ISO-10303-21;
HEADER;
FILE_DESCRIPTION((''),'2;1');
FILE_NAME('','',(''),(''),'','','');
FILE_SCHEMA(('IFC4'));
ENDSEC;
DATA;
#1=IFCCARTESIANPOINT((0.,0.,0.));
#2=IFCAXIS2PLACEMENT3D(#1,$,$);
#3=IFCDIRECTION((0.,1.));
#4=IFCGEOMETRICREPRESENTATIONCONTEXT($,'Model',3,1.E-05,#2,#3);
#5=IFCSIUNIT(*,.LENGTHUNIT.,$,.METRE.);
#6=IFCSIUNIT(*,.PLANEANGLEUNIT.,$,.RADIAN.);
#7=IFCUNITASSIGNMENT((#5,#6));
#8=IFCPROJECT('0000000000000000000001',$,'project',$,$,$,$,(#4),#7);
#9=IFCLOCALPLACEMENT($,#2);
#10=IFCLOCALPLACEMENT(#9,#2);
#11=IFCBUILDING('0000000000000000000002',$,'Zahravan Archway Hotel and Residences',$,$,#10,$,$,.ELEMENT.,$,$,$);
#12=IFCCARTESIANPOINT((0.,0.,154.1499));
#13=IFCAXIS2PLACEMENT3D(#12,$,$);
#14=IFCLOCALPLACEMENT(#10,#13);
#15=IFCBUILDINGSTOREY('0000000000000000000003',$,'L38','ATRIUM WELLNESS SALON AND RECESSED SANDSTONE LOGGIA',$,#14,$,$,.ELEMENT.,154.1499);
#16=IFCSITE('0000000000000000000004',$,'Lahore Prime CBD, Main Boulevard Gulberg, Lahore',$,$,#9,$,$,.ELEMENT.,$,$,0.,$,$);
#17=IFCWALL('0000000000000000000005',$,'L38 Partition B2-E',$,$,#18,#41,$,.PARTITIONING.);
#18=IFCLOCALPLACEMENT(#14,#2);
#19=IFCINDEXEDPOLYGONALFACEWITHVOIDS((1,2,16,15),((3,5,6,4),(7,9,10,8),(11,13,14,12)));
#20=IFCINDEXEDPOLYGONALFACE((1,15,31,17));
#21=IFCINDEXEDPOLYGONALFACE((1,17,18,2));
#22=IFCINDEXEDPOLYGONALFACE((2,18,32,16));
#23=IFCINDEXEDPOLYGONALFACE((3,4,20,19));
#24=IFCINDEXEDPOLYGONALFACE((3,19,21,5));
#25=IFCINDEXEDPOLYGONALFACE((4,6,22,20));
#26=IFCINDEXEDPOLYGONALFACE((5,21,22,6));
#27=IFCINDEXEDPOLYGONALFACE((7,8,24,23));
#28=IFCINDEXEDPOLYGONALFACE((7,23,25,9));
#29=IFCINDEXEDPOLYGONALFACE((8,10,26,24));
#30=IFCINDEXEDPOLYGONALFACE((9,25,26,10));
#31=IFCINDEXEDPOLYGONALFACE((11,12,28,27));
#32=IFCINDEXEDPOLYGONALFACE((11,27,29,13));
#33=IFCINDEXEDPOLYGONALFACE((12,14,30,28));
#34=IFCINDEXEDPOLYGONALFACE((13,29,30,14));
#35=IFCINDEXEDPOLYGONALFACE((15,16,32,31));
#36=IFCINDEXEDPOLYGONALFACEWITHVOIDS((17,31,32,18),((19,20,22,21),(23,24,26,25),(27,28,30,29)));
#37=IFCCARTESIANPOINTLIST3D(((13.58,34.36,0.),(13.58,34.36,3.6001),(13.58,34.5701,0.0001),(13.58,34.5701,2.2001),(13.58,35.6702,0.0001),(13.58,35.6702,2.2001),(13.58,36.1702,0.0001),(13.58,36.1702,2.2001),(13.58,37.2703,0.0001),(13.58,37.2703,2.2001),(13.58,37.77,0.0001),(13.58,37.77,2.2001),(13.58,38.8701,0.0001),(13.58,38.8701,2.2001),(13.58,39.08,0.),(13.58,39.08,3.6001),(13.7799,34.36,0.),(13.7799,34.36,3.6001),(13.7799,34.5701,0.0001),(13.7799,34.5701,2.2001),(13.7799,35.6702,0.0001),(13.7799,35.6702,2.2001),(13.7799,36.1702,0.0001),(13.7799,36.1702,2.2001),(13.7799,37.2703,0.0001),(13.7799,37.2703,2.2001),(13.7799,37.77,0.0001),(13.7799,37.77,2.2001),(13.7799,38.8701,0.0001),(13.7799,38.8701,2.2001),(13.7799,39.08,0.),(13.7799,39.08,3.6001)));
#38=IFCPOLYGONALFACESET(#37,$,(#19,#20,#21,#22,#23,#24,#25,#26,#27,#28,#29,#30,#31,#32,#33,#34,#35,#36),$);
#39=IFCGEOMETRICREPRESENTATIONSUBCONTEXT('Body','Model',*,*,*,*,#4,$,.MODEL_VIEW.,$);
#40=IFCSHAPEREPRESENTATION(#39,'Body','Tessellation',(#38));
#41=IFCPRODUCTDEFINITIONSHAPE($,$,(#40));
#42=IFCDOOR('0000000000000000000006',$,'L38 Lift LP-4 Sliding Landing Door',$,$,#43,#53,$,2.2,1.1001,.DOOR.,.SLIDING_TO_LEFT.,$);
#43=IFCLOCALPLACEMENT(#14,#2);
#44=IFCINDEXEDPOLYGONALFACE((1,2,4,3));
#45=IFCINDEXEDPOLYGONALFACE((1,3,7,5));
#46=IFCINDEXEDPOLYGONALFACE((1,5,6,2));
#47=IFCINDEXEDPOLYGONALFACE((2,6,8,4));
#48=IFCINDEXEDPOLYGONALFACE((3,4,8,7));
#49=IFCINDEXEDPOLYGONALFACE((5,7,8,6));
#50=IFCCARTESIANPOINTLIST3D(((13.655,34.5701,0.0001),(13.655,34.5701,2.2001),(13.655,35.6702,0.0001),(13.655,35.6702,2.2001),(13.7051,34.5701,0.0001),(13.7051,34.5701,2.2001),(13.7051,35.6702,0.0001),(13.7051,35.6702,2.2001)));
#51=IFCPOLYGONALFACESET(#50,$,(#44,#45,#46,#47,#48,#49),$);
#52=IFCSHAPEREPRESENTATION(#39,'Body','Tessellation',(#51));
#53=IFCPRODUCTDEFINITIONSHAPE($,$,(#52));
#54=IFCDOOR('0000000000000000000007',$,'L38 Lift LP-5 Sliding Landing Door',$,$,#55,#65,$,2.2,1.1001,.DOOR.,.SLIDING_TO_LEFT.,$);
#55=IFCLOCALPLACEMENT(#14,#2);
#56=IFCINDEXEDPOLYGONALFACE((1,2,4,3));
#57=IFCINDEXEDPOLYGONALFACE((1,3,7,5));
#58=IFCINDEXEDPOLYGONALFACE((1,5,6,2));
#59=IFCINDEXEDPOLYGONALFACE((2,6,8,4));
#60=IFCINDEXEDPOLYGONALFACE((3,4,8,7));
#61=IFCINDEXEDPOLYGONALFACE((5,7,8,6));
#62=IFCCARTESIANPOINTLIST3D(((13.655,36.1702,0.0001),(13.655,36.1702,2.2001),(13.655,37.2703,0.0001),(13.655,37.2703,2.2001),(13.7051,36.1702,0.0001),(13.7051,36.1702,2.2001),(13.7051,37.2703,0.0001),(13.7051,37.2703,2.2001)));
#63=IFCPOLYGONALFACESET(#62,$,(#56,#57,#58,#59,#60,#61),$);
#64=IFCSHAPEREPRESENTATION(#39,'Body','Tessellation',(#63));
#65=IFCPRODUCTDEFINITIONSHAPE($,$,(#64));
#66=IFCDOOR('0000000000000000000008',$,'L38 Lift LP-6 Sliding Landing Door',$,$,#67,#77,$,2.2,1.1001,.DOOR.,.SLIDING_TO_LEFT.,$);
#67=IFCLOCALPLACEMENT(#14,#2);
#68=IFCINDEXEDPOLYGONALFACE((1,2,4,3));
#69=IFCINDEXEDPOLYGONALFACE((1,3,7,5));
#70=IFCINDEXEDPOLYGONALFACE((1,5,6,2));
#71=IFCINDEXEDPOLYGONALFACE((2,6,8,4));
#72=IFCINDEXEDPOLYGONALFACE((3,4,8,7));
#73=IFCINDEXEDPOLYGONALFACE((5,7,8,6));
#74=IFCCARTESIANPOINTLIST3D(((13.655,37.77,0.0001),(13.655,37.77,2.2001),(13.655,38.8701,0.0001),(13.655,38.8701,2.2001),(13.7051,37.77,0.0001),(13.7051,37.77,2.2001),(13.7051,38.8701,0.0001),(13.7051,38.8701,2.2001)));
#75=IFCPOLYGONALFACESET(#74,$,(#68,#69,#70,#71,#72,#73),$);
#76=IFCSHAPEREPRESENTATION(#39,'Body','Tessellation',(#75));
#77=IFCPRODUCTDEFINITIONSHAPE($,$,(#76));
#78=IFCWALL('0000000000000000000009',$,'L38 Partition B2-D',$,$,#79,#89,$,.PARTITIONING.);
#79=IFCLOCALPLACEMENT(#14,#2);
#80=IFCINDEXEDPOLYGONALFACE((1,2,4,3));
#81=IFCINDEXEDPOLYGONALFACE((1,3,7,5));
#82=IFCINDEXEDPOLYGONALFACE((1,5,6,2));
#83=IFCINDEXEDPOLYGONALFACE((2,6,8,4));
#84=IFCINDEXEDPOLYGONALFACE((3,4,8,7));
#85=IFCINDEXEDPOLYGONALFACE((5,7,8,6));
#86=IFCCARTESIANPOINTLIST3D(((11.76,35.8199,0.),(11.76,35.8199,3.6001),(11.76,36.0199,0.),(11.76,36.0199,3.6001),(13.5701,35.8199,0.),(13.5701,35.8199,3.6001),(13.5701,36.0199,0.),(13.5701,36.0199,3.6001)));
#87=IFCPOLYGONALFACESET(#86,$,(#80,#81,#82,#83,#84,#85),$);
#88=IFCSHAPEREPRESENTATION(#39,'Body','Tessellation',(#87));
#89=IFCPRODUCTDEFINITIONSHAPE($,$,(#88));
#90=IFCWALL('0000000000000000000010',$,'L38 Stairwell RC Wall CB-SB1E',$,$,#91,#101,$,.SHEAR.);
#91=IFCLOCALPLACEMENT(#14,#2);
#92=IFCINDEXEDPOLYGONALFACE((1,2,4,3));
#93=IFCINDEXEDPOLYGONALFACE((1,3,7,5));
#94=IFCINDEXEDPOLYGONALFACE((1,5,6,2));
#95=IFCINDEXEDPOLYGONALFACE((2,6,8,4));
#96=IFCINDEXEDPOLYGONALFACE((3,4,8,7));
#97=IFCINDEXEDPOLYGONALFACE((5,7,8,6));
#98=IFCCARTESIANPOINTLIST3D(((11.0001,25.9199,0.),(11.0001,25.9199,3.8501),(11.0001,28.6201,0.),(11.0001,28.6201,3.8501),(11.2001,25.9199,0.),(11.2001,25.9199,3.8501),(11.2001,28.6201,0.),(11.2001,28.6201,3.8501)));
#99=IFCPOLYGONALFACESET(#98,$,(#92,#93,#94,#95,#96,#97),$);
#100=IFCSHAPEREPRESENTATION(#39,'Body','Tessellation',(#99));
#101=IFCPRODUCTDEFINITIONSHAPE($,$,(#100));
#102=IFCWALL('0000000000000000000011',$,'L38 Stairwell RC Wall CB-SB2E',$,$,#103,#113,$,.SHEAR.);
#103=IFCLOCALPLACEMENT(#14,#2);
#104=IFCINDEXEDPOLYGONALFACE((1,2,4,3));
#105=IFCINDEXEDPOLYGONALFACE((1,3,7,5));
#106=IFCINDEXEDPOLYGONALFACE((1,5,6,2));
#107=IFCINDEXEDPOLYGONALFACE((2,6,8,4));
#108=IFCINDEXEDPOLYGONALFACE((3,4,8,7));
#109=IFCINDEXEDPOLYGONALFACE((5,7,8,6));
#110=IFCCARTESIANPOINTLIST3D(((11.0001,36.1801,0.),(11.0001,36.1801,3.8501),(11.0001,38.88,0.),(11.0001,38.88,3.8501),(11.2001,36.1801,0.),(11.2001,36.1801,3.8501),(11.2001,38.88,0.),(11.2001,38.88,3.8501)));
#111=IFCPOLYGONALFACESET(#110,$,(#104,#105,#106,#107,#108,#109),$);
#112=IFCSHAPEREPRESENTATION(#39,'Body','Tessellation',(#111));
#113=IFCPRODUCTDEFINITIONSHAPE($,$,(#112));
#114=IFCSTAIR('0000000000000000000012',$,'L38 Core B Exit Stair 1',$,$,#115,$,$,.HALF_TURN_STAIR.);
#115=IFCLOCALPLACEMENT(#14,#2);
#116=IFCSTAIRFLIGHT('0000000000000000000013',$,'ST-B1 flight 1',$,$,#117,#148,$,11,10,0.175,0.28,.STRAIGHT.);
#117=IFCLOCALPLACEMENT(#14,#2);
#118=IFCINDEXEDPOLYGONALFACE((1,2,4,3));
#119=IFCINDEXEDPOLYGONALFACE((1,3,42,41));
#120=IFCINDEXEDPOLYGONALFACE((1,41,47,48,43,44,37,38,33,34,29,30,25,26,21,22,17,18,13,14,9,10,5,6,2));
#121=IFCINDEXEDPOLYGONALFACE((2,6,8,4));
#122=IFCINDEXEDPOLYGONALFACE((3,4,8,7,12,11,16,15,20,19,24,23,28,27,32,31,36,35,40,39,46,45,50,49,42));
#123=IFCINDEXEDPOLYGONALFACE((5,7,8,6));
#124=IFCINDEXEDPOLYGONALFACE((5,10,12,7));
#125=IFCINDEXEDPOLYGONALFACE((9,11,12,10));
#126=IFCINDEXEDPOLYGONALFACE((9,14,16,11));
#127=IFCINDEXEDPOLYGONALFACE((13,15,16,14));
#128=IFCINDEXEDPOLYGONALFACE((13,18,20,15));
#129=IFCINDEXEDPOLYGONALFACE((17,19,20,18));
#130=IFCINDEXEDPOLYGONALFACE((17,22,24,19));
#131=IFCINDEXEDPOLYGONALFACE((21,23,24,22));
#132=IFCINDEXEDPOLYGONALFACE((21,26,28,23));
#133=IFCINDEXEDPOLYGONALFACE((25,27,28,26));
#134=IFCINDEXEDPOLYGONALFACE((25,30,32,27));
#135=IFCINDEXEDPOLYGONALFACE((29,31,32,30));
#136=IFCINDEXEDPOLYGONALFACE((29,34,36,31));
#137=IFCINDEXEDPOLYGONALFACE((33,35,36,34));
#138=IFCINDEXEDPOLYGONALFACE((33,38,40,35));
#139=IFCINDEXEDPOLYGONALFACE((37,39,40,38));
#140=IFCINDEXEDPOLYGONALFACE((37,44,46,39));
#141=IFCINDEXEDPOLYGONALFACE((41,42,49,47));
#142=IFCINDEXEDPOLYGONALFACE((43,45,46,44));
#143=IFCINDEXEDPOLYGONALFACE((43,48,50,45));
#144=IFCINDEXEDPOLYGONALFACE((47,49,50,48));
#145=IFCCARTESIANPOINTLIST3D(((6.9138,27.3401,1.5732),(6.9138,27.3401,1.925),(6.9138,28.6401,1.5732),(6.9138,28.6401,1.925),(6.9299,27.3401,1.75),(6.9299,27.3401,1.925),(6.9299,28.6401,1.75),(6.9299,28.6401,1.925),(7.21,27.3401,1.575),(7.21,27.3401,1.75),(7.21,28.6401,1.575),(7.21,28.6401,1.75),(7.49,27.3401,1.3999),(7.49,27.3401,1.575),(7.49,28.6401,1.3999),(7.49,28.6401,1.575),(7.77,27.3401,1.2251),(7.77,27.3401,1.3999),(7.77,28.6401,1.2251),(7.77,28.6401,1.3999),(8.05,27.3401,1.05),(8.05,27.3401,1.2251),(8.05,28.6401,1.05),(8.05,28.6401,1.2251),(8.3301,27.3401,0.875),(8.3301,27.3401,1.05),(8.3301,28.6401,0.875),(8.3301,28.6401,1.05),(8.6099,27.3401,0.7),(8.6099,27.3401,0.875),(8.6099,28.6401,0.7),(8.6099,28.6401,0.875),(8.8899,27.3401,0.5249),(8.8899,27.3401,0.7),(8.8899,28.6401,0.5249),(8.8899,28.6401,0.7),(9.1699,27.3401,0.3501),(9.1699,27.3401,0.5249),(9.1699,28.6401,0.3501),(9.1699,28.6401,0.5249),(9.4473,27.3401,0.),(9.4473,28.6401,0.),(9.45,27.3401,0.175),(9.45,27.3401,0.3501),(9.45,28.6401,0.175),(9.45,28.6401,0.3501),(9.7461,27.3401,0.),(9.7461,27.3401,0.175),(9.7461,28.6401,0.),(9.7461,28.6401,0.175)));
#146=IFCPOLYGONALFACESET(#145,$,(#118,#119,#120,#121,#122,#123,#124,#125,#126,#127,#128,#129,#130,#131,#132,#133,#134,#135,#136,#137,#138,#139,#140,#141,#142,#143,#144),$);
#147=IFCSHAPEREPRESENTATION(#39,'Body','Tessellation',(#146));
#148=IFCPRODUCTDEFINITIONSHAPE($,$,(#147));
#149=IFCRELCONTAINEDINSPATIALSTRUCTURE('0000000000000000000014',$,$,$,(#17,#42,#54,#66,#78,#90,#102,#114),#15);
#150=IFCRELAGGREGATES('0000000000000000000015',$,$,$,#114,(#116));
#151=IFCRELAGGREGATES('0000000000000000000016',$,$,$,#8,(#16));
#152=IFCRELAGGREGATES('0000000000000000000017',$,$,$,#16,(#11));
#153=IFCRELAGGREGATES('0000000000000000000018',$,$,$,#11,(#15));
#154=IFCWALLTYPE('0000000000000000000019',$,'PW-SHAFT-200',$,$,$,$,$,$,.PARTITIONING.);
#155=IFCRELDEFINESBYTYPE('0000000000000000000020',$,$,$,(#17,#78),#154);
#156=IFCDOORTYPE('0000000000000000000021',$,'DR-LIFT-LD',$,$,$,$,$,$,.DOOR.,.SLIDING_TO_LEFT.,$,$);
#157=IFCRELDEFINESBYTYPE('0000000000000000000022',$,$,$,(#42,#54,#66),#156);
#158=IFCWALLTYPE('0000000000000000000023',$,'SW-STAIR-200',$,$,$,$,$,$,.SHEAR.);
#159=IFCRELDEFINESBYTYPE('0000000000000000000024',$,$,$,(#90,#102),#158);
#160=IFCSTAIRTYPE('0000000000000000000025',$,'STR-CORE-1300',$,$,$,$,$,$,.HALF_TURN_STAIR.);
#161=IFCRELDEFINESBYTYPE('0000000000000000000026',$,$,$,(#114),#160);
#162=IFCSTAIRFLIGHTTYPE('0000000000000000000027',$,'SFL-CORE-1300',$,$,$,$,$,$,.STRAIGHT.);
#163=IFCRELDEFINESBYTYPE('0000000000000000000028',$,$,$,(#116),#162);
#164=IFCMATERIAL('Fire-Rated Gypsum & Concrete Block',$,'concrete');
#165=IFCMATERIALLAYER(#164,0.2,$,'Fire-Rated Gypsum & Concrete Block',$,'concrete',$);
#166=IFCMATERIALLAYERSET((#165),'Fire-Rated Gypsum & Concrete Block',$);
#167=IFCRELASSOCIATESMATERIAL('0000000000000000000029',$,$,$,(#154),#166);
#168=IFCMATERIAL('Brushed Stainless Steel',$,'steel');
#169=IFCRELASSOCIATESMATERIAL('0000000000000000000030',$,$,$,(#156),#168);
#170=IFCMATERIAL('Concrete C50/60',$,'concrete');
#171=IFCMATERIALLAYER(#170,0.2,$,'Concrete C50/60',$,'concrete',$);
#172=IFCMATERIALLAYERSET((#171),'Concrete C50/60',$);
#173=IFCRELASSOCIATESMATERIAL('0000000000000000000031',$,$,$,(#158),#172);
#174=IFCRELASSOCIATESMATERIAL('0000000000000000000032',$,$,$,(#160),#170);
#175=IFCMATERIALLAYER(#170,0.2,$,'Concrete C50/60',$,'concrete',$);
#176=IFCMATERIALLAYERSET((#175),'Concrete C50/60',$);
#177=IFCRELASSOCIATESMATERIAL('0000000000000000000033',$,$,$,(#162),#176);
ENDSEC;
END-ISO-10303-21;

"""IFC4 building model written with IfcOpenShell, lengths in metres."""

from ifc_helpers import new_model, si_unit, direction, frame, frame_2d, origin, place, context, subcontext, project, spatial, polyline, rectangle, outline, extrude, source, transform, mapped, material, layer, layer_set, type_object, type_shapes, element, fill, aggregate, save


model = new_model("IFC4")

# Units and contexts
model_context = context("Model", 3, precision=1e-05, world=origin(), true_north=direction((0.0, 1.0)))
body_context = subcontext(model_context, "Body", "Model", "MODEL_VIEW")
ifc_project = project(units=[si_unit("LENGTHUNIT", "METRE"), si_unit("PLANEANGLEUNIT", "RADIAN")], contexts=[model_context])

# Site, building, storey
site_placement = place(None, origin())
site = spatial("IfcSite", under=ifc_project, at=site_placement, Name="Lahore Prime CBD, Main Boulevard Gulberg, Lahore", CompositionType="ELEMENT", RefElevation=0.0)
building_placement = place(site_placement, origin())
building = spatial("IfcBuilding", under=site, at=building_placement, Name="Zahravan Archway Hotel and Residences", CompositionType="ELEMENT")
storey_placement = place(building_placement, frame((0.0, 0.0, 154.1499)))
storey = spatial("IfcBuildingStorey", under=building, at=storey_placement, Name="L38", Description="ATRIUM WELLNESS SALON AND RECESSED SANDSTONE LOGGIA", CompositionType="ELEMENT", Elevation=154.1499)

# Shared definitions
ifc_material_1 = material(Name="Fire-Rated Gypsum & Concrete Block", Category="concrete")
ifc_layer_1 = layer(ifc_material_1, 0.2, Name="Fire-Rated Gypsum & Concrete Block", Category="concrete")
ifc_layer_set_1 = layer_set([ifc_layer_1], Name="Fire-Rated Gypsum & Concrete Block")
wall_type_1 = type_object("IfcWallType", Name="PW-SHAFT-200", PredefinedType="PARTITIONING", material=ifc_layer_set_1)

# Wall, openings, doors
wall_1_placement = place(storey_placement, frame((13.6799, 34.3601, 0.0), z_axis=(0.0, 0.0, 1.0), x_axis=(0.0, 1.0, 0.0)))
wall_1 = element("IfcWall", 1, at=wall_1_placement, inside=storey, type_object=wall_type_1, Name="L38 Partition B2-E", PredefinedType="PARTITIONING", context=body_context, shape_type="SweptSolid", body=[
    extrude(rectangle(XDim=4.72, YDim=0.2, at=frame_2d((2.3599, 0.0))), origin(), (0.0, 0.0, 1.0), 3.6001),
])
opening_1_placement = place(wall_1_placement, frame((0.21, 0.0, 0.0)))
opening_1 = element("IfcOpeningElement", 2, at=opening_1_placement, cuts=wall_1, PredefinedType="OPENING", context=body_context, shape_type="SweptSolid", body=[
    extrude(rectangle(XDim=1.1001, YDim=2.2, at=frame_2d((0.55, 1.1001))), frame((0.0, 0.1099, 0.0), z_axis=(0.0, -1.0, 0.0), x_axis=(1.0, 0.0, 0.0)), (0.0, 0.0, 1.0), 0.22),
])
opening_2_placement = place(wall_1_placement, frame((1.8101, 0.0, 0.0)))
opening_2 = element("IfcOpeningElement", 3, at=opening_2_placement, cuts=wall_1, PredefinedType="OPENING", context=body_context, shape_type="SweptSolid", body=[
    extrude(rectangle(XDim=1.1001, YDim=2.2, at=frame_2d((0.55, 1.1001))), frame((0.0, 0.1099, 0.0), z_axis=(0.0, -1.0, 0.0), x_axis=(1.0, 0.0, 0.0)), (0.0, 0.0, 1.0), 0.22),
])
opening_3_placement = place(wall_1_placement, frame((3.4099, 0.0, 0.0)))
opening_3 = element("IfcOpeningElement", 4, at=opening_3_placement, cuts=wall_1, PredefinedType="OPENING", context=body_context, shape_type="SweptSolid", body=[
    extrude(rectangle(XDim=1.1001, YDim=2.2, at=frame_2d((0.55, 1.1001))), frame((0.0, 0.1099, 0.0), z_axis=(0.0, -1.0, 0.0), x_axis=(1.0, 0.0, 0.0)), (0.0, 0.0, 1.0), 0.22),
])
ifc_material_2 = material(Name="Brushed Stainless Steel", Category="steel")
door_type_1 = type_object("IfcDoorType", Name="DR-LIFT-LD", OperationType="SLIDING_TO_LEFT", PredefinedType="DOOR", material=ifc_material_2)
shared_shape_1 = source(origin(), body_context, "Body", "SweptSolid", [
    extrude(rectangle(XDim=1.1001, YDim=2.2, at=frame_2d((0.55, 1.1001))), frame((0.0, 0.0249, 0.0), z_axis=(0.0, -1.0, 0.0), x_axis=(1.0, 0.0, 0.0)), (0.0, 0.0, 1.0), 0.05),
])
type_shapes(door_type_1, [shared_shape_1])
door_1_placement = place(opening_1_placement, origin())
door_1 = element("IfcDoor", 5, at=door_1_placement, inside=storey, type_object=door_type_1, Name="L38 Lift LP-4 Sliding Landing Door", OperationType="SLIDING_TO_LEFT", OverallHeight=2.2, OverallWidth=1.1001, PredefinedType="DOOR", context=body_context, shape_type="MappedRepresentation", body=[
    mapped(shared_shape_1, transform((0.0, 0.0, 0.0), scale=1.0)),
])
fill(opening_1, door_1)
door_2_placement = place(opening_2_placement, origin())
door_2 = element("IfcDoor", 6, at=door_2_placement, inside=storey, type_object=door_type_1, Name="L38 Lift LP-5 Sliding Landing Door", OperationType="SLIDING_TO_LEFT", OverallHeight=2.2, OverallWidth=1.1001, PredefinedType="DOOR", context=body_context, shape_type="MappedRepresentation", body=[
    mapped(shared_shape_1, transform((0.0, 0.0, 0.0), scale=1.0)),
])
fill(opening_2, door_2)
door_3_placement = place(opening_3_placement, origin())
door_3 = element("IfcDoor", 7, at=door_3_placement, inside=storey, type_object=door_type_1, Name="L38 Lift LP-6 Sliding Landing Door", OperationType="SLIDING_TO_LEFT", OverallHeight=2.2, OverallWidth=1.1001, PredefinedType="DOOR", context=body_context, shape_type="MappedRepresentation", body=[
    mapped(shared_shape_1, transform((0.0, 0.0, 0.0), scale=1.0)),
])
fill(opening_3, door_3)

# Wall
wall_2_placement = place(storey_placement, frame((11.76, 35.9199, 0.0), z_axis=(0.0, 0.0, 1.0), x_axis=(1.0, 0.0, 0.0)))
element("IfcWall", 8, at=wall_2_placement, inside=storey, type_object=wall_type_1, Name="L38 Partition B2-D", PredefinedType="PARTITIONING", context=body_context, shape_type="SweptSolid", body=[
    extrude(rectangle(XDim=1.8101, YDim=0.2, at=frame_2d((0.905, 0.0))), origin(), (0.0, 0.0, 1.0), 3.6001),
])

# Walls
ifc_material_3 = material(Name="Concrete C50/60", Category="concrete")
ifc_layer_2 = layer(ifc_material_3, 0.2, Name="Concrete C50/60", Category="concrete")
ifc_layer_set_2 = layer_set([ifc_layer_2], Name="Concrete C50/60")
wall_type_2 = type_object("IfcWallType", Name="SW-STAIR-200", PredefinedType="SHEAR", material=ifc_layer_set_2)
wall_3_placement = place(storey_placement, frame((11.1001, 25.9199, 0.0), z_axis=(0.0, 0.0, 1.0), x_axis=(0.0, 1.0, 0.0)))
element("IfcWall", 9, at=wall_3_placement, inside=storey, type_object=wall_type_2, Name="L38 Stairwell RC Wall CB-SB1E", PredefinedType="SHEAR", context=body_context, shape_type="SweptSolid", body=[
    extrude(rectangle(XDim=2.7002, YDim=0.2, at=frame_2d((1.3501, 0.0))), origin(), (0.0, 0.0, 1.0), 3.8501),
])
wall_4_placement = place(storey_placement, frame((11.1001, 36.1799, 0.0), z_axis=(0.0, 0.0, 1.0), x_axis=(0.0, 1.0, 0.0)))
element("IfcWall", 10, at=wall_4_placement, inside=storey, type_object=wall_type_2, Name="L38 Stairwell RC Wall CB-SB2E", PredefinedType="SHEAR", context=body_context, shape_type="SweptSolid", body=[
    extrude(rectangle(XDim=2.7, YDim=0.2, at=frame_2d((1.3501, 0.0))), origin(), (0.0, 0.0, 1.0), 3.8501),
])

# Stair, stair flight
stair_type = type_object("IfcStairType", Name="STR-CORE-1300", PredefinedType="HALF_TURN_STAIR", material=ifc_material_3)
stair_placement = place(storey_placement, origin())
stair = element("IfcStair", 11, at=stair_placement, inside=storey, type_object=stair_type, Name="L38 Core B Exit Stair 1", PredefinedType="HALF_TURN_STAIR")
ifc_layer_3 = layer(ifc_material_3, 0.2, Name="Concrete C50/60", Category="concrete")
ifc_layer_set_3 = layer_set([ifc_layer_3], Name="Concrete C50/60")
stair_flight_type = type_object("IfcStairFlightType", Name="SFL-CORE-1300", PredefinedType="STRAIGHT", material=ifc_layer_set_3)
shared_shape_2 = source(origin(), body_context, "Body", "SweptSolid", [
    extrude(outline(polyline([(-0.0161, 0.0), (-0.0161, 0.175), (0.28, 0.175), (0.28, 0.3501), (0.5601, 0.3501), (0.5601, 0.5249), (0.8401, 0.5249), (0.8401, 0.7), (1.1201, 0.7), (1.1201, 0.875), (1.3999, 0.875), (1.3999, 1.05), (1.6799, 1.05), (1.6799, 1.2251), (1.96, 1.2251), (1.96, 1.3999), (2.24, 1.3999), (2.24, 1.575), (2.52, 1.575), (2.52, 1.75), (2.8, 1.75), (2.8, 1.925), (2.8162, 1.925), (2.8162, 1.5732), (0.2827, 0.0), (-0.0161, 0.0)])), frame((0.0, 0.6499, 0.0), z_axis=(0.0, -1.0, 0.0), x_axis=(1.0, 0.0, 0.0)), (0.0, 0.0, 1.0), 1.3),
])
stair_flight_placement = place(storey_placement, frame((9.73, 27.99, 0.0), z_axis=(0.0, 0.0, 1.0), x_axis=(-1.0, 0.0, 0.0)))
stair_flight = element("IfcStairFlight", 12, at=stair_flight_placement, type_object=stair_flight_type, Name="ST-B1 flight 1", NumberOfRisers=11, NumberOfTreads=10, PredefinedType="STRAIGHT", RiserHeight=0.175, TreadLength=0.28, context=body_context, shape_type="MappedRepresentation", body=[
    mapped(shared_shape_2, transform((0.0, 0.0, 0.0), scale=1.0)),
])
aggregate(stair, [stair_flight])

save(model, "model.ifc")
